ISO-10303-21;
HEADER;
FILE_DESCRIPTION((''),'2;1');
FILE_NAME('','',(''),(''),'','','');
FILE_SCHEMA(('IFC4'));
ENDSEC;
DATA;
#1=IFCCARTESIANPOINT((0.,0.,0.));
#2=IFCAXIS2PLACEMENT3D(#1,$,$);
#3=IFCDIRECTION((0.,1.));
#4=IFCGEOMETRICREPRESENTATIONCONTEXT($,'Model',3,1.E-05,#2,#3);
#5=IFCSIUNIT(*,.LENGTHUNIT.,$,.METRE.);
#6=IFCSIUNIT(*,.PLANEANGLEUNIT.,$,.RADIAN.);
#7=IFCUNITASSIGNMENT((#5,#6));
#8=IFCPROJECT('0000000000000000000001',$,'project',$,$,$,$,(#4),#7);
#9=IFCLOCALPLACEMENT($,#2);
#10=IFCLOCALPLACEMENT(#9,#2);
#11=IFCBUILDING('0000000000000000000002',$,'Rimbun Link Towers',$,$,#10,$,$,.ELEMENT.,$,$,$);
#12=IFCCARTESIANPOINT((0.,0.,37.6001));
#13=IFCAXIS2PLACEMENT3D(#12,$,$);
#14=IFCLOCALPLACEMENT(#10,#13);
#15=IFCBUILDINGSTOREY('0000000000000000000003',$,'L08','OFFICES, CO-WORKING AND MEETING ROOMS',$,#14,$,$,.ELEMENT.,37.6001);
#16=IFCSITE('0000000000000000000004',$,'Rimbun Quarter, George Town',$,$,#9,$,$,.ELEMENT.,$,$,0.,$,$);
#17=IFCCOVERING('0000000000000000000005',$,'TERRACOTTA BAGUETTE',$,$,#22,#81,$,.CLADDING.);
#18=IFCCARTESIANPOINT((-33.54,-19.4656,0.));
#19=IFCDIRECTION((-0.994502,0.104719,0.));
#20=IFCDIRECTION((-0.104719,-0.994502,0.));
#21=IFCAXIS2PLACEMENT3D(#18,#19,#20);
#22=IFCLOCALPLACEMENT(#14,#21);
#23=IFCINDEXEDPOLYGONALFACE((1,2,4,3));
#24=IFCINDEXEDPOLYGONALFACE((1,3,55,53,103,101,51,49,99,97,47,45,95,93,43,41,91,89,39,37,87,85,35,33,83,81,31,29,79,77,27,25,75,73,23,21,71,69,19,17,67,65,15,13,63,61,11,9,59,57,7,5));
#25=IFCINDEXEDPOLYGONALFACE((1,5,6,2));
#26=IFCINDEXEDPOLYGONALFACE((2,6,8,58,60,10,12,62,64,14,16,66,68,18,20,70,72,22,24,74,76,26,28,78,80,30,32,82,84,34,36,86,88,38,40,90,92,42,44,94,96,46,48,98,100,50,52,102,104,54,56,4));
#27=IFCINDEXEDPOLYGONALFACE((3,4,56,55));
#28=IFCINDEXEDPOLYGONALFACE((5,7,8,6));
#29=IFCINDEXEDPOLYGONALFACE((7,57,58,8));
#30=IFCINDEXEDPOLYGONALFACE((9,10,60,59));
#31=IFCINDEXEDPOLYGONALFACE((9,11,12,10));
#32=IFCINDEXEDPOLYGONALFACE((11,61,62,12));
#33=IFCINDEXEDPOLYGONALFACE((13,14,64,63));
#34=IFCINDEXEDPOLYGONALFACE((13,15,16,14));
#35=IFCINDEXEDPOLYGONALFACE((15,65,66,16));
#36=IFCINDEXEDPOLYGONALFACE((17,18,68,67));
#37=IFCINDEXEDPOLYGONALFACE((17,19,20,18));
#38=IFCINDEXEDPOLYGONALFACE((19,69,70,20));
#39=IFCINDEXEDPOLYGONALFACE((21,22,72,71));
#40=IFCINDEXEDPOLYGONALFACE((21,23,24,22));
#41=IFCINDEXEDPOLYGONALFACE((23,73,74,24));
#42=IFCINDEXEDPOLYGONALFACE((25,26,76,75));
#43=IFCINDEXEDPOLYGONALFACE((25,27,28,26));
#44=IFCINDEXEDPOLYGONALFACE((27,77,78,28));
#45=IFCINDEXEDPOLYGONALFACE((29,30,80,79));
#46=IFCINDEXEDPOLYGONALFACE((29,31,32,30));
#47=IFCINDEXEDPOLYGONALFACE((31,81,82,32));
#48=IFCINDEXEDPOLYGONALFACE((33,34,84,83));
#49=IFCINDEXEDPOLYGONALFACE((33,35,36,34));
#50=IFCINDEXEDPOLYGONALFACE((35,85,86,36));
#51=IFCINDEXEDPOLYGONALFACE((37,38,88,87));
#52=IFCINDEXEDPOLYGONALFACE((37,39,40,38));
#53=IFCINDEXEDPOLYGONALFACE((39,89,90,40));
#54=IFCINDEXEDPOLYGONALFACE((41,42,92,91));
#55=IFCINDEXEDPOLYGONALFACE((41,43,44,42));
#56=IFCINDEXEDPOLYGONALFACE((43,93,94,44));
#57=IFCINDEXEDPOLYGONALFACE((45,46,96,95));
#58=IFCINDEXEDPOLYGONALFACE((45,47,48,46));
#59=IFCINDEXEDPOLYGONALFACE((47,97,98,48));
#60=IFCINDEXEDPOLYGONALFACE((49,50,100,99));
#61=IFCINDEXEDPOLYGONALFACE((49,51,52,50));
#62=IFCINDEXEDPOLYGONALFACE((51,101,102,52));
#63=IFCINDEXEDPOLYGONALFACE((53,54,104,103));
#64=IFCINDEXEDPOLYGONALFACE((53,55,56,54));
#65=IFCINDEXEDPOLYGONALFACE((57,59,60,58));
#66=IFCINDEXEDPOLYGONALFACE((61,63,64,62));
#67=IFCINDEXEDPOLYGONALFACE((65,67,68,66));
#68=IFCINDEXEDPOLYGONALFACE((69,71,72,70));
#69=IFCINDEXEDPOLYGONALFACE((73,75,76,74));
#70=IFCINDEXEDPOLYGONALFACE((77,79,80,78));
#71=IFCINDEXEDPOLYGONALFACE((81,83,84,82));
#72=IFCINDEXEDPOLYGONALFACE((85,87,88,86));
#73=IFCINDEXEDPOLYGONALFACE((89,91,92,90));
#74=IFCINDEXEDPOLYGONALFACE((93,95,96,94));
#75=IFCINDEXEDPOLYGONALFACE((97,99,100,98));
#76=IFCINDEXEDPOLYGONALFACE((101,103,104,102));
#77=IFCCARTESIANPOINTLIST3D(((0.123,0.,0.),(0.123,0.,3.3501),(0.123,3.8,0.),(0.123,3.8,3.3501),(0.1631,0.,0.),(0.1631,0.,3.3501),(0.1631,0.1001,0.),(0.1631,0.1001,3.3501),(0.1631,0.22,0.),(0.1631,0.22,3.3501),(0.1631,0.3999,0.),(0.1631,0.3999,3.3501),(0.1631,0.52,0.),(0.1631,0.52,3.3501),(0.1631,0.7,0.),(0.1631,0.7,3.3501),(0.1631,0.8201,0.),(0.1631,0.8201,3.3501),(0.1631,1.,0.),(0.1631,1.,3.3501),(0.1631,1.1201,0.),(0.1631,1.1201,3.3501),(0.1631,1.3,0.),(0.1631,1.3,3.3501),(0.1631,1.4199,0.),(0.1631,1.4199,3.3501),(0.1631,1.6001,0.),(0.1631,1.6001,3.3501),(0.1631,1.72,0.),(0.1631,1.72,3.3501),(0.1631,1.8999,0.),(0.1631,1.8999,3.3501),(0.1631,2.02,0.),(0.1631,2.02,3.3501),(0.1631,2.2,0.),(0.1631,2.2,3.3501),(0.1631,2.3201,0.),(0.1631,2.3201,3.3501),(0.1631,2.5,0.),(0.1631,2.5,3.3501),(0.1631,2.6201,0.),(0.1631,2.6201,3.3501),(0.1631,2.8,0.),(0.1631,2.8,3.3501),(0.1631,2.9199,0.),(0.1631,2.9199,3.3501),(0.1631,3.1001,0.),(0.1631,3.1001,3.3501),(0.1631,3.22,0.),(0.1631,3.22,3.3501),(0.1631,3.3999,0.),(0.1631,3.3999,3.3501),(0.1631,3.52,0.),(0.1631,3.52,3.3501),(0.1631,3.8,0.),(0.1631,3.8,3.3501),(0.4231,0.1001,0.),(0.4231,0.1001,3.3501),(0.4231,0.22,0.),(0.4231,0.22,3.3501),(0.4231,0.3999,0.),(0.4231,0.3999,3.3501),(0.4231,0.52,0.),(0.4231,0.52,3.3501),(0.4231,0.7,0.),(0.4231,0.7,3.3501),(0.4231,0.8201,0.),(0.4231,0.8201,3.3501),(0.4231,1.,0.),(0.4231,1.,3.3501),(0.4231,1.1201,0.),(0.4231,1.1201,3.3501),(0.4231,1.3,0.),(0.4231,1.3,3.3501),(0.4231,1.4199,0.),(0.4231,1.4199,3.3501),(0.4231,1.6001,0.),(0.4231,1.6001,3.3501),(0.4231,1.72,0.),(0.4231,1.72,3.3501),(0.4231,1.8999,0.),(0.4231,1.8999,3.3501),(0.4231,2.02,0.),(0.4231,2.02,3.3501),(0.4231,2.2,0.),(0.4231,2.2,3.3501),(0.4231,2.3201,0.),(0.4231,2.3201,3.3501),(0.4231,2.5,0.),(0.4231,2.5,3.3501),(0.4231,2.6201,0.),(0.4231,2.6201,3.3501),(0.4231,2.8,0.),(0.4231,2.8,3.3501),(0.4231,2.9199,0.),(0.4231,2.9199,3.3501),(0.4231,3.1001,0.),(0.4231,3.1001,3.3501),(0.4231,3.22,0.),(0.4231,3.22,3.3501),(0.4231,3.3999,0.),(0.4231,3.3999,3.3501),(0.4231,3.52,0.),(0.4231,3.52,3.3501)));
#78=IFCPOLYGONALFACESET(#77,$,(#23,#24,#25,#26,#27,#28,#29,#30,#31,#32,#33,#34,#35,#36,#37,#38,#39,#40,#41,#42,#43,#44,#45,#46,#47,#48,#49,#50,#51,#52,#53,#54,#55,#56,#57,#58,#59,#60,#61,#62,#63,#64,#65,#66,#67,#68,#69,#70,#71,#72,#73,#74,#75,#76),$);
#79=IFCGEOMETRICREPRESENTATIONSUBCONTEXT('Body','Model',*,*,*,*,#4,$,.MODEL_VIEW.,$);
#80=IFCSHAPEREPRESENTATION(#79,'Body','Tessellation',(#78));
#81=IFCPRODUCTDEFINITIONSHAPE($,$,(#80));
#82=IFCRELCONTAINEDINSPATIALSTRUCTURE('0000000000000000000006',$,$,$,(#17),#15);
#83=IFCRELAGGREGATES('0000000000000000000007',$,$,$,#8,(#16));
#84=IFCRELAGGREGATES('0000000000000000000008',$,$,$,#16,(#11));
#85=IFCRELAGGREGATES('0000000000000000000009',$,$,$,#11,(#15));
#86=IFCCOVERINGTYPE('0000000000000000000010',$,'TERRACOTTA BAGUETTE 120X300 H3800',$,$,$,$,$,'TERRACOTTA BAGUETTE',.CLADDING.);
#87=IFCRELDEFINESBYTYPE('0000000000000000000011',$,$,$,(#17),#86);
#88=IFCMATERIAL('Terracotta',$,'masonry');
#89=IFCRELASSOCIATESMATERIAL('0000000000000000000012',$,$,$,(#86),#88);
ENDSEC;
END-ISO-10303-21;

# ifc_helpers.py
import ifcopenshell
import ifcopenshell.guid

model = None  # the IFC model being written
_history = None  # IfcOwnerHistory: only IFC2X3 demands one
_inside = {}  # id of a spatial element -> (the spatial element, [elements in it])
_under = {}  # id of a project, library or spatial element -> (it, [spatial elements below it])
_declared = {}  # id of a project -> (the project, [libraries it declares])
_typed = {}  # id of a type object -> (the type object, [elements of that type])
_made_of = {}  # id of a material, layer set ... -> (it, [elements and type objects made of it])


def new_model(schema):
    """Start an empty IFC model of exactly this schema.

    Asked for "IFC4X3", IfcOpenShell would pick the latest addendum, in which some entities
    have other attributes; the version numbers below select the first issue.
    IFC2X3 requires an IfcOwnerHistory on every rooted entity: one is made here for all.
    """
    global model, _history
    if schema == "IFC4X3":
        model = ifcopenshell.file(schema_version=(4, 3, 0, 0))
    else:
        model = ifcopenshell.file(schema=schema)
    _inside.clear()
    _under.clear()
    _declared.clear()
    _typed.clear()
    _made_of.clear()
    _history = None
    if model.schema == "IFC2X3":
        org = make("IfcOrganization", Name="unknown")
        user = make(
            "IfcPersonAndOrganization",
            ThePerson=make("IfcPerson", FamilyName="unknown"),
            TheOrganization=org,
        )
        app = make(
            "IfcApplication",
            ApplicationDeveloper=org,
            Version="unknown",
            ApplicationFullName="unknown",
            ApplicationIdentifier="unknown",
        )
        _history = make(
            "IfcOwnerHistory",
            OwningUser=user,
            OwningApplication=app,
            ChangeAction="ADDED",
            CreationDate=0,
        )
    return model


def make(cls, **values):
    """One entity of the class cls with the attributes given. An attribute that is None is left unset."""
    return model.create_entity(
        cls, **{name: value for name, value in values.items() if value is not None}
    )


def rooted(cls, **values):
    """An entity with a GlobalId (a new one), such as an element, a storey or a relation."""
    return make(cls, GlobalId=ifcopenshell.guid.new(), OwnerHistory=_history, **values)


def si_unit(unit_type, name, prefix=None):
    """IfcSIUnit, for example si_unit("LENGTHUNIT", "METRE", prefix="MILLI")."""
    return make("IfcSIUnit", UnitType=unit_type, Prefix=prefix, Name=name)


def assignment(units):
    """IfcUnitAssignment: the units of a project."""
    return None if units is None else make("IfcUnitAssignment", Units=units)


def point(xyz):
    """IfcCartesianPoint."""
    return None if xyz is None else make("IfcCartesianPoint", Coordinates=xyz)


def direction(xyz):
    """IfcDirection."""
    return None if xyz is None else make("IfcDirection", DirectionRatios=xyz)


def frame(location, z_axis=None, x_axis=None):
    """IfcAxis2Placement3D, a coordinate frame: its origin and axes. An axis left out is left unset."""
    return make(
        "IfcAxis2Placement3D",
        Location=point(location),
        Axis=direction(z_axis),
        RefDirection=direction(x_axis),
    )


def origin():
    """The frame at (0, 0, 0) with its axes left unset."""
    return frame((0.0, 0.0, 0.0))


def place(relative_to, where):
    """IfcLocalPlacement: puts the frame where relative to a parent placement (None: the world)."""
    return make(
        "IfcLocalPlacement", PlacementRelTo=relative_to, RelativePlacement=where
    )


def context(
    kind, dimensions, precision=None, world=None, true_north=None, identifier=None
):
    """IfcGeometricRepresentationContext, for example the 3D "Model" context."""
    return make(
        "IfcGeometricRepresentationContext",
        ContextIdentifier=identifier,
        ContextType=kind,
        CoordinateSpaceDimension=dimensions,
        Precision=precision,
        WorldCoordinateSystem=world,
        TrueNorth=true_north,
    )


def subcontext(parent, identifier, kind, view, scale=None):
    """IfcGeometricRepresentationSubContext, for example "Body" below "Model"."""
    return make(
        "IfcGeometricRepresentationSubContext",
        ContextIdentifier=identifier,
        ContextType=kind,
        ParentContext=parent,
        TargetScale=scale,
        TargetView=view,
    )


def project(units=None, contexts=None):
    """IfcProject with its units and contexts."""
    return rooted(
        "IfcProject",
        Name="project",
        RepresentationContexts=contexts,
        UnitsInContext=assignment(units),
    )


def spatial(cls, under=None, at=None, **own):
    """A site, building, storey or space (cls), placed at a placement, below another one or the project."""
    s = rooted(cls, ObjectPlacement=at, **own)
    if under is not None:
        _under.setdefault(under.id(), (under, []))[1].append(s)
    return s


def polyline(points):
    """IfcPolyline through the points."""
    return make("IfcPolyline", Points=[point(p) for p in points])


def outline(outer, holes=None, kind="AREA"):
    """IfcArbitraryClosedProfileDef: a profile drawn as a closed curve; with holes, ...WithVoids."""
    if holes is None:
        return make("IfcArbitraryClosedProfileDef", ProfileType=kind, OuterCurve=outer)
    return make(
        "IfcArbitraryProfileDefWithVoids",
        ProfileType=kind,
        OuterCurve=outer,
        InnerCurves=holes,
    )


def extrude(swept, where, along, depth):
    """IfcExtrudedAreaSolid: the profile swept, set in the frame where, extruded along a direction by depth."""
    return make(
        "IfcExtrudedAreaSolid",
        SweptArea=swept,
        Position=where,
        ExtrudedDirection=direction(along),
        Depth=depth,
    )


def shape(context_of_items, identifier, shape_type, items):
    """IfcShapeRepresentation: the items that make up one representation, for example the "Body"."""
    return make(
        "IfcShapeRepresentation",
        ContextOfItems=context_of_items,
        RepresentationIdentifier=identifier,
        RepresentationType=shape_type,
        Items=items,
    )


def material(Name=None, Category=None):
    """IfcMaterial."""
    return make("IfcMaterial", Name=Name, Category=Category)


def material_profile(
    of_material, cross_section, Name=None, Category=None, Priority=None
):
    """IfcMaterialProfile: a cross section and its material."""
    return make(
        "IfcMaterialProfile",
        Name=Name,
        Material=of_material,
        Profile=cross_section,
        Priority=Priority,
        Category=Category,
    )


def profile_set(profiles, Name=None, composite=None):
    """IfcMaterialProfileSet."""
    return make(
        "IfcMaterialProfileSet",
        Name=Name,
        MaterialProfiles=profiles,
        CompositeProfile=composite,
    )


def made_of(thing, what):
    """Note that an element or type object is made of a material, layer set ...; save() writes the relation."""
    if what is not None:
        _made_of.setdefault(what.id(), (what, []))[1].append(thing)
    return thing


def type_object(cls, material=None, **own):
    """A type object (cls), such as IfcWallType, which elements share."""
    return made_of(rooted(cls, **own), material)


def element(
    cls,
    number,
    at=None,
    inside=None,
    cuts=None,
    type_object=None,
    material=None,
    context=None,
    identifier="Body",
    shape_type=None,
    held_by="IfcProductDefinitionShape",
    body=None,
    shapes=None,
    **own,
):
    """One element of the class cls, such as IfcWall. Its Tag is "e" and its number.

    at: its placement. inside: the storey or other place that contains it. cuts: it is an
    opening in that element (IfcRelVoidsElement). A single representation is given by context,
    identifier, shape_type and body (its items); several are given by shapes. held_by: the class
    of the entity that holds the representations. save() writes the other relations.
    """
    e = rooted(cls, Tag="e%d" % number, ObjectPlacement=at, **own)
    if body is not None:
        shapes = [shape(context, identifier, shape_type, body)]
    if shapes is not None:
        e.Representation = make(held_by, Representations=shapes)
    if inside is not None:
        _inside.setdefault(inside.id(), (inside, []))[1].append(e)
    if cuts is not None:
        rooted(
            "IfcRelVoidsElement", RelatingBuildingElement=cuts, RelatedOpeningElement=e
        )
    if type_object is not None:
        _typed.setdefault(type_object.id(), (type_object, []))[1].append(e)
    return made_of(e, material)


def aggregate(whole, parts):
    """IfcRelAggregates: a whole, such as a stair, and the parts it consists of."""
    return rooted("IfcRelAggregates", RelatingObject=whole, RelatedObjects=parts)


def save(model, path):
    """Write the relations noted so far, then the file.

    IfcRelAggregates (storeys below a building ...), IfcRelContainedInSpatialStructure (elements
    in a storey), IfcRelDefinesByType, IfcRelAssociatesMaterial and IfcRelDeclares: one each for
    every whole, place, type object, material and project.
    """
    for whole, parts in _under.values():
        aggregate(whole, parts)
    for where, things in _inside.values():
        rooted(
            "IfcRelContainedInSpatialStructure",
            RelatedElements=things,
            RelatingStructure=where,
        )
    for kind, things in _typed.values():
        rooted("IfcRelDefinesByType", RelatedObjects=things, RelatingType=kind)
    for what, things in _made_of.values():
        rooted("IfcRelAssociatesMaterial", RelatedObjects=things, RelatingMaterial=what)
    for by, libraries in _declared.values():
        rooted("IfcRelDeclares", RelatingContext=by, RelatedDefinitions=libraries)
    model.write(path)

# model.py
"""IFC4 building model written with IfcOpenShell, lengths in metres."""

from ifc_helpers import new_model, si_unit, direction, frame, origin, place, context, subcontext, project, spatial, polyline, outline, extrude, material, material_profile, profile_set, type_object, element, save


model = new_model("IFC4")

# Units and contexts
model_context = context("Model", 3, precision=1e-05, world=origin(), true_north=direction((0.0, 1.0)))
body_context = subcontext(model_context, "Body", "Model", "MODEL_VIEW")
ifc_project = project(units=[si_unit("LENGTHUNIT", "METRE"), si_unit("PLANEANGLEUNIT", "RADIAN")], contexts=[model_context])

# Site, building, storey
site_placement = place(None, origin())
site = spatial("IfcSite", under=ifc_project, at=site_placement, Name="Rimbun Quarter, George Town", CompositionType="ELEMENT", RefElevation=0.0)
building_placement = place(site_placement, origin())
building = spatial("IfcBuilding", under=site, at=building_placement, Name="Rimbun Link Towers", CompositionType="ELEMENT")
storey_placement = place(building_placement, frame((0.0, 0.0, 37.6001)))
storey = spatial("IfcBuildingStorey", under=building, at=storey_placement, Name="L08", Description="OFFICES, CO-WORKING AND MEETING ROOMS", CompositionType="ELEMENT", Elevation=37.6001)

# Covering
ifc_material_1 = material(Name="Terracotta", Category="masonry")
ifc_material_profile_1 = material_profile(ifc_material_1, outline(polyline([(0.123, 0.0), (0.1631, 0.0), (0.1631, 0.1001), (0.4231, 0.1001), (0.4231, 0.22), (0.1631, 0.22), (0.1631, 0.3999), (0.4231, 0.3999), (0.4231, 0.52), (0.1631, 0.52), (0.1631, 0.7), (0.4231, 0.7), (0.4231, 0.8201), (0.1631, 0.8201), (0.1631, 1.0), (0.4231, 1.0), (0.4231, 1.1201), (0.1631, 1.1201), (0.1631, 1.3), (0.4231, 1.3), (0.4231, 1.4199), (0.1631, 1.4199), (0.1631, 1.6001), (0.4231, 1.6001), (0.4231, 1.72), (0.1631, 1.72), (0.1631, 1.8999), (0.4231, 1.8999), (0.4231, 2.02), (0.1631, 2.02), (0.1631, 2.2), (0.4231, 2.2), (0.4231, 2.3201), (0.1631, 2.3201), (0.1631, 2.5), (0.4231, 2.5), (0.4231, 2.6201), (0.1631, 2.6201), (0.1631, 2.8), (0.4231, 2.8), (0.4231, 2.9199), (0.1631, 2.9199), (0.1631, 3.1001), (0.4231, 3.1001), (0.4231, 3.22), (0.1631, 3.22), (0.1631, 3.3999), (0.4231, 3.3999), (0.4231, 3.52), (0.1631, 3.52), (0.1631, 3.8), (0.123, 3.8), (0.123, 0.0)])), Name="BAGUETTE 120X300")
ifc_profile_set_1 = profile_set([ifc_material_profile_1], Name="Terracotta")
covering_type = type_object("IfcCoveringType", Name="TERRACOTTA BAGUETTE 120X300 H3800", ElementType="TERRACOTTA BAGUETTE", PredefinedType="CLADDING", material=ifc_profile_set_1)
covering_1_placement = place(storey_placement, frame((-33.54, -19.4656, 0.0), z_axis=(-0.994502, 0.104719, 0.0), x_axis=(-0.104719, -0.994502, 0.0)))
element("IfcCovering", 1, at=covering_1_placement, inside=storey, type_object=covering_type, Name="TERRACOTTA BAGUETTE", PredefinedType="CLADDING", context=body_context, shape_type="SweptSolid", body=[
    extrude(outline(polyline([(0.123, 0.0), (0.1631, 0.0), (0.1631, 0.1001), (0.4231, 0.1001), (0.4231, 0.22), (0.1631, 0.22), (0.1631, 0.3999), (0.4231, 0.3999), (0.4231, 0.52), (0.1631, 0.52), (0.1631, 0.7), (0.4231, 0.7), (0.4231, 0.8201), (0.1631, 0.8201), (0.1631, 1.0), (0.4231, 1.0), (0.4231, 1.1201), (0.1631, 1.1201), (0.1631, 1.3), (0.4231, 1.3), (0.4231, 1.4199), (0.1631, 1.4199), (0.1631, 1.6001), (0.4231, 1.6001), (0.4231, 1.72), (0.1631, 1.72), (0.1631, 1.8999), (0.4231, 1.8999), (0.4231, 2.02), (0.1631, 2.02), (0.1631, 2.2), (0.4231, 2.2), (0.4231, 2.3201), (0.1631, 2.3201), (0.1631, 2.5), (0.4231, 2.5), (0.4231, 2.6201), (0.1631, 2.6201), (0.1631, 2.8), (0.4231, 2.8), (0.4231, 2.9199), (0.1631, 2.9199), (0.1631, 3.1001), (0.4231, 3.1001), (0.4231, 3.22), (0.1631, 3.22), (0.1631, 3.3999), (0.4231, 3.3999), (0.4231, 3.52), (0.1631, 3.52), (0.1631, 3.8), (0.123, 3.8), (0.123, 0.0)])), origin(), (0.0, 0.0, 1.0), 3.3501),
])

save(model, "model.ifc")
